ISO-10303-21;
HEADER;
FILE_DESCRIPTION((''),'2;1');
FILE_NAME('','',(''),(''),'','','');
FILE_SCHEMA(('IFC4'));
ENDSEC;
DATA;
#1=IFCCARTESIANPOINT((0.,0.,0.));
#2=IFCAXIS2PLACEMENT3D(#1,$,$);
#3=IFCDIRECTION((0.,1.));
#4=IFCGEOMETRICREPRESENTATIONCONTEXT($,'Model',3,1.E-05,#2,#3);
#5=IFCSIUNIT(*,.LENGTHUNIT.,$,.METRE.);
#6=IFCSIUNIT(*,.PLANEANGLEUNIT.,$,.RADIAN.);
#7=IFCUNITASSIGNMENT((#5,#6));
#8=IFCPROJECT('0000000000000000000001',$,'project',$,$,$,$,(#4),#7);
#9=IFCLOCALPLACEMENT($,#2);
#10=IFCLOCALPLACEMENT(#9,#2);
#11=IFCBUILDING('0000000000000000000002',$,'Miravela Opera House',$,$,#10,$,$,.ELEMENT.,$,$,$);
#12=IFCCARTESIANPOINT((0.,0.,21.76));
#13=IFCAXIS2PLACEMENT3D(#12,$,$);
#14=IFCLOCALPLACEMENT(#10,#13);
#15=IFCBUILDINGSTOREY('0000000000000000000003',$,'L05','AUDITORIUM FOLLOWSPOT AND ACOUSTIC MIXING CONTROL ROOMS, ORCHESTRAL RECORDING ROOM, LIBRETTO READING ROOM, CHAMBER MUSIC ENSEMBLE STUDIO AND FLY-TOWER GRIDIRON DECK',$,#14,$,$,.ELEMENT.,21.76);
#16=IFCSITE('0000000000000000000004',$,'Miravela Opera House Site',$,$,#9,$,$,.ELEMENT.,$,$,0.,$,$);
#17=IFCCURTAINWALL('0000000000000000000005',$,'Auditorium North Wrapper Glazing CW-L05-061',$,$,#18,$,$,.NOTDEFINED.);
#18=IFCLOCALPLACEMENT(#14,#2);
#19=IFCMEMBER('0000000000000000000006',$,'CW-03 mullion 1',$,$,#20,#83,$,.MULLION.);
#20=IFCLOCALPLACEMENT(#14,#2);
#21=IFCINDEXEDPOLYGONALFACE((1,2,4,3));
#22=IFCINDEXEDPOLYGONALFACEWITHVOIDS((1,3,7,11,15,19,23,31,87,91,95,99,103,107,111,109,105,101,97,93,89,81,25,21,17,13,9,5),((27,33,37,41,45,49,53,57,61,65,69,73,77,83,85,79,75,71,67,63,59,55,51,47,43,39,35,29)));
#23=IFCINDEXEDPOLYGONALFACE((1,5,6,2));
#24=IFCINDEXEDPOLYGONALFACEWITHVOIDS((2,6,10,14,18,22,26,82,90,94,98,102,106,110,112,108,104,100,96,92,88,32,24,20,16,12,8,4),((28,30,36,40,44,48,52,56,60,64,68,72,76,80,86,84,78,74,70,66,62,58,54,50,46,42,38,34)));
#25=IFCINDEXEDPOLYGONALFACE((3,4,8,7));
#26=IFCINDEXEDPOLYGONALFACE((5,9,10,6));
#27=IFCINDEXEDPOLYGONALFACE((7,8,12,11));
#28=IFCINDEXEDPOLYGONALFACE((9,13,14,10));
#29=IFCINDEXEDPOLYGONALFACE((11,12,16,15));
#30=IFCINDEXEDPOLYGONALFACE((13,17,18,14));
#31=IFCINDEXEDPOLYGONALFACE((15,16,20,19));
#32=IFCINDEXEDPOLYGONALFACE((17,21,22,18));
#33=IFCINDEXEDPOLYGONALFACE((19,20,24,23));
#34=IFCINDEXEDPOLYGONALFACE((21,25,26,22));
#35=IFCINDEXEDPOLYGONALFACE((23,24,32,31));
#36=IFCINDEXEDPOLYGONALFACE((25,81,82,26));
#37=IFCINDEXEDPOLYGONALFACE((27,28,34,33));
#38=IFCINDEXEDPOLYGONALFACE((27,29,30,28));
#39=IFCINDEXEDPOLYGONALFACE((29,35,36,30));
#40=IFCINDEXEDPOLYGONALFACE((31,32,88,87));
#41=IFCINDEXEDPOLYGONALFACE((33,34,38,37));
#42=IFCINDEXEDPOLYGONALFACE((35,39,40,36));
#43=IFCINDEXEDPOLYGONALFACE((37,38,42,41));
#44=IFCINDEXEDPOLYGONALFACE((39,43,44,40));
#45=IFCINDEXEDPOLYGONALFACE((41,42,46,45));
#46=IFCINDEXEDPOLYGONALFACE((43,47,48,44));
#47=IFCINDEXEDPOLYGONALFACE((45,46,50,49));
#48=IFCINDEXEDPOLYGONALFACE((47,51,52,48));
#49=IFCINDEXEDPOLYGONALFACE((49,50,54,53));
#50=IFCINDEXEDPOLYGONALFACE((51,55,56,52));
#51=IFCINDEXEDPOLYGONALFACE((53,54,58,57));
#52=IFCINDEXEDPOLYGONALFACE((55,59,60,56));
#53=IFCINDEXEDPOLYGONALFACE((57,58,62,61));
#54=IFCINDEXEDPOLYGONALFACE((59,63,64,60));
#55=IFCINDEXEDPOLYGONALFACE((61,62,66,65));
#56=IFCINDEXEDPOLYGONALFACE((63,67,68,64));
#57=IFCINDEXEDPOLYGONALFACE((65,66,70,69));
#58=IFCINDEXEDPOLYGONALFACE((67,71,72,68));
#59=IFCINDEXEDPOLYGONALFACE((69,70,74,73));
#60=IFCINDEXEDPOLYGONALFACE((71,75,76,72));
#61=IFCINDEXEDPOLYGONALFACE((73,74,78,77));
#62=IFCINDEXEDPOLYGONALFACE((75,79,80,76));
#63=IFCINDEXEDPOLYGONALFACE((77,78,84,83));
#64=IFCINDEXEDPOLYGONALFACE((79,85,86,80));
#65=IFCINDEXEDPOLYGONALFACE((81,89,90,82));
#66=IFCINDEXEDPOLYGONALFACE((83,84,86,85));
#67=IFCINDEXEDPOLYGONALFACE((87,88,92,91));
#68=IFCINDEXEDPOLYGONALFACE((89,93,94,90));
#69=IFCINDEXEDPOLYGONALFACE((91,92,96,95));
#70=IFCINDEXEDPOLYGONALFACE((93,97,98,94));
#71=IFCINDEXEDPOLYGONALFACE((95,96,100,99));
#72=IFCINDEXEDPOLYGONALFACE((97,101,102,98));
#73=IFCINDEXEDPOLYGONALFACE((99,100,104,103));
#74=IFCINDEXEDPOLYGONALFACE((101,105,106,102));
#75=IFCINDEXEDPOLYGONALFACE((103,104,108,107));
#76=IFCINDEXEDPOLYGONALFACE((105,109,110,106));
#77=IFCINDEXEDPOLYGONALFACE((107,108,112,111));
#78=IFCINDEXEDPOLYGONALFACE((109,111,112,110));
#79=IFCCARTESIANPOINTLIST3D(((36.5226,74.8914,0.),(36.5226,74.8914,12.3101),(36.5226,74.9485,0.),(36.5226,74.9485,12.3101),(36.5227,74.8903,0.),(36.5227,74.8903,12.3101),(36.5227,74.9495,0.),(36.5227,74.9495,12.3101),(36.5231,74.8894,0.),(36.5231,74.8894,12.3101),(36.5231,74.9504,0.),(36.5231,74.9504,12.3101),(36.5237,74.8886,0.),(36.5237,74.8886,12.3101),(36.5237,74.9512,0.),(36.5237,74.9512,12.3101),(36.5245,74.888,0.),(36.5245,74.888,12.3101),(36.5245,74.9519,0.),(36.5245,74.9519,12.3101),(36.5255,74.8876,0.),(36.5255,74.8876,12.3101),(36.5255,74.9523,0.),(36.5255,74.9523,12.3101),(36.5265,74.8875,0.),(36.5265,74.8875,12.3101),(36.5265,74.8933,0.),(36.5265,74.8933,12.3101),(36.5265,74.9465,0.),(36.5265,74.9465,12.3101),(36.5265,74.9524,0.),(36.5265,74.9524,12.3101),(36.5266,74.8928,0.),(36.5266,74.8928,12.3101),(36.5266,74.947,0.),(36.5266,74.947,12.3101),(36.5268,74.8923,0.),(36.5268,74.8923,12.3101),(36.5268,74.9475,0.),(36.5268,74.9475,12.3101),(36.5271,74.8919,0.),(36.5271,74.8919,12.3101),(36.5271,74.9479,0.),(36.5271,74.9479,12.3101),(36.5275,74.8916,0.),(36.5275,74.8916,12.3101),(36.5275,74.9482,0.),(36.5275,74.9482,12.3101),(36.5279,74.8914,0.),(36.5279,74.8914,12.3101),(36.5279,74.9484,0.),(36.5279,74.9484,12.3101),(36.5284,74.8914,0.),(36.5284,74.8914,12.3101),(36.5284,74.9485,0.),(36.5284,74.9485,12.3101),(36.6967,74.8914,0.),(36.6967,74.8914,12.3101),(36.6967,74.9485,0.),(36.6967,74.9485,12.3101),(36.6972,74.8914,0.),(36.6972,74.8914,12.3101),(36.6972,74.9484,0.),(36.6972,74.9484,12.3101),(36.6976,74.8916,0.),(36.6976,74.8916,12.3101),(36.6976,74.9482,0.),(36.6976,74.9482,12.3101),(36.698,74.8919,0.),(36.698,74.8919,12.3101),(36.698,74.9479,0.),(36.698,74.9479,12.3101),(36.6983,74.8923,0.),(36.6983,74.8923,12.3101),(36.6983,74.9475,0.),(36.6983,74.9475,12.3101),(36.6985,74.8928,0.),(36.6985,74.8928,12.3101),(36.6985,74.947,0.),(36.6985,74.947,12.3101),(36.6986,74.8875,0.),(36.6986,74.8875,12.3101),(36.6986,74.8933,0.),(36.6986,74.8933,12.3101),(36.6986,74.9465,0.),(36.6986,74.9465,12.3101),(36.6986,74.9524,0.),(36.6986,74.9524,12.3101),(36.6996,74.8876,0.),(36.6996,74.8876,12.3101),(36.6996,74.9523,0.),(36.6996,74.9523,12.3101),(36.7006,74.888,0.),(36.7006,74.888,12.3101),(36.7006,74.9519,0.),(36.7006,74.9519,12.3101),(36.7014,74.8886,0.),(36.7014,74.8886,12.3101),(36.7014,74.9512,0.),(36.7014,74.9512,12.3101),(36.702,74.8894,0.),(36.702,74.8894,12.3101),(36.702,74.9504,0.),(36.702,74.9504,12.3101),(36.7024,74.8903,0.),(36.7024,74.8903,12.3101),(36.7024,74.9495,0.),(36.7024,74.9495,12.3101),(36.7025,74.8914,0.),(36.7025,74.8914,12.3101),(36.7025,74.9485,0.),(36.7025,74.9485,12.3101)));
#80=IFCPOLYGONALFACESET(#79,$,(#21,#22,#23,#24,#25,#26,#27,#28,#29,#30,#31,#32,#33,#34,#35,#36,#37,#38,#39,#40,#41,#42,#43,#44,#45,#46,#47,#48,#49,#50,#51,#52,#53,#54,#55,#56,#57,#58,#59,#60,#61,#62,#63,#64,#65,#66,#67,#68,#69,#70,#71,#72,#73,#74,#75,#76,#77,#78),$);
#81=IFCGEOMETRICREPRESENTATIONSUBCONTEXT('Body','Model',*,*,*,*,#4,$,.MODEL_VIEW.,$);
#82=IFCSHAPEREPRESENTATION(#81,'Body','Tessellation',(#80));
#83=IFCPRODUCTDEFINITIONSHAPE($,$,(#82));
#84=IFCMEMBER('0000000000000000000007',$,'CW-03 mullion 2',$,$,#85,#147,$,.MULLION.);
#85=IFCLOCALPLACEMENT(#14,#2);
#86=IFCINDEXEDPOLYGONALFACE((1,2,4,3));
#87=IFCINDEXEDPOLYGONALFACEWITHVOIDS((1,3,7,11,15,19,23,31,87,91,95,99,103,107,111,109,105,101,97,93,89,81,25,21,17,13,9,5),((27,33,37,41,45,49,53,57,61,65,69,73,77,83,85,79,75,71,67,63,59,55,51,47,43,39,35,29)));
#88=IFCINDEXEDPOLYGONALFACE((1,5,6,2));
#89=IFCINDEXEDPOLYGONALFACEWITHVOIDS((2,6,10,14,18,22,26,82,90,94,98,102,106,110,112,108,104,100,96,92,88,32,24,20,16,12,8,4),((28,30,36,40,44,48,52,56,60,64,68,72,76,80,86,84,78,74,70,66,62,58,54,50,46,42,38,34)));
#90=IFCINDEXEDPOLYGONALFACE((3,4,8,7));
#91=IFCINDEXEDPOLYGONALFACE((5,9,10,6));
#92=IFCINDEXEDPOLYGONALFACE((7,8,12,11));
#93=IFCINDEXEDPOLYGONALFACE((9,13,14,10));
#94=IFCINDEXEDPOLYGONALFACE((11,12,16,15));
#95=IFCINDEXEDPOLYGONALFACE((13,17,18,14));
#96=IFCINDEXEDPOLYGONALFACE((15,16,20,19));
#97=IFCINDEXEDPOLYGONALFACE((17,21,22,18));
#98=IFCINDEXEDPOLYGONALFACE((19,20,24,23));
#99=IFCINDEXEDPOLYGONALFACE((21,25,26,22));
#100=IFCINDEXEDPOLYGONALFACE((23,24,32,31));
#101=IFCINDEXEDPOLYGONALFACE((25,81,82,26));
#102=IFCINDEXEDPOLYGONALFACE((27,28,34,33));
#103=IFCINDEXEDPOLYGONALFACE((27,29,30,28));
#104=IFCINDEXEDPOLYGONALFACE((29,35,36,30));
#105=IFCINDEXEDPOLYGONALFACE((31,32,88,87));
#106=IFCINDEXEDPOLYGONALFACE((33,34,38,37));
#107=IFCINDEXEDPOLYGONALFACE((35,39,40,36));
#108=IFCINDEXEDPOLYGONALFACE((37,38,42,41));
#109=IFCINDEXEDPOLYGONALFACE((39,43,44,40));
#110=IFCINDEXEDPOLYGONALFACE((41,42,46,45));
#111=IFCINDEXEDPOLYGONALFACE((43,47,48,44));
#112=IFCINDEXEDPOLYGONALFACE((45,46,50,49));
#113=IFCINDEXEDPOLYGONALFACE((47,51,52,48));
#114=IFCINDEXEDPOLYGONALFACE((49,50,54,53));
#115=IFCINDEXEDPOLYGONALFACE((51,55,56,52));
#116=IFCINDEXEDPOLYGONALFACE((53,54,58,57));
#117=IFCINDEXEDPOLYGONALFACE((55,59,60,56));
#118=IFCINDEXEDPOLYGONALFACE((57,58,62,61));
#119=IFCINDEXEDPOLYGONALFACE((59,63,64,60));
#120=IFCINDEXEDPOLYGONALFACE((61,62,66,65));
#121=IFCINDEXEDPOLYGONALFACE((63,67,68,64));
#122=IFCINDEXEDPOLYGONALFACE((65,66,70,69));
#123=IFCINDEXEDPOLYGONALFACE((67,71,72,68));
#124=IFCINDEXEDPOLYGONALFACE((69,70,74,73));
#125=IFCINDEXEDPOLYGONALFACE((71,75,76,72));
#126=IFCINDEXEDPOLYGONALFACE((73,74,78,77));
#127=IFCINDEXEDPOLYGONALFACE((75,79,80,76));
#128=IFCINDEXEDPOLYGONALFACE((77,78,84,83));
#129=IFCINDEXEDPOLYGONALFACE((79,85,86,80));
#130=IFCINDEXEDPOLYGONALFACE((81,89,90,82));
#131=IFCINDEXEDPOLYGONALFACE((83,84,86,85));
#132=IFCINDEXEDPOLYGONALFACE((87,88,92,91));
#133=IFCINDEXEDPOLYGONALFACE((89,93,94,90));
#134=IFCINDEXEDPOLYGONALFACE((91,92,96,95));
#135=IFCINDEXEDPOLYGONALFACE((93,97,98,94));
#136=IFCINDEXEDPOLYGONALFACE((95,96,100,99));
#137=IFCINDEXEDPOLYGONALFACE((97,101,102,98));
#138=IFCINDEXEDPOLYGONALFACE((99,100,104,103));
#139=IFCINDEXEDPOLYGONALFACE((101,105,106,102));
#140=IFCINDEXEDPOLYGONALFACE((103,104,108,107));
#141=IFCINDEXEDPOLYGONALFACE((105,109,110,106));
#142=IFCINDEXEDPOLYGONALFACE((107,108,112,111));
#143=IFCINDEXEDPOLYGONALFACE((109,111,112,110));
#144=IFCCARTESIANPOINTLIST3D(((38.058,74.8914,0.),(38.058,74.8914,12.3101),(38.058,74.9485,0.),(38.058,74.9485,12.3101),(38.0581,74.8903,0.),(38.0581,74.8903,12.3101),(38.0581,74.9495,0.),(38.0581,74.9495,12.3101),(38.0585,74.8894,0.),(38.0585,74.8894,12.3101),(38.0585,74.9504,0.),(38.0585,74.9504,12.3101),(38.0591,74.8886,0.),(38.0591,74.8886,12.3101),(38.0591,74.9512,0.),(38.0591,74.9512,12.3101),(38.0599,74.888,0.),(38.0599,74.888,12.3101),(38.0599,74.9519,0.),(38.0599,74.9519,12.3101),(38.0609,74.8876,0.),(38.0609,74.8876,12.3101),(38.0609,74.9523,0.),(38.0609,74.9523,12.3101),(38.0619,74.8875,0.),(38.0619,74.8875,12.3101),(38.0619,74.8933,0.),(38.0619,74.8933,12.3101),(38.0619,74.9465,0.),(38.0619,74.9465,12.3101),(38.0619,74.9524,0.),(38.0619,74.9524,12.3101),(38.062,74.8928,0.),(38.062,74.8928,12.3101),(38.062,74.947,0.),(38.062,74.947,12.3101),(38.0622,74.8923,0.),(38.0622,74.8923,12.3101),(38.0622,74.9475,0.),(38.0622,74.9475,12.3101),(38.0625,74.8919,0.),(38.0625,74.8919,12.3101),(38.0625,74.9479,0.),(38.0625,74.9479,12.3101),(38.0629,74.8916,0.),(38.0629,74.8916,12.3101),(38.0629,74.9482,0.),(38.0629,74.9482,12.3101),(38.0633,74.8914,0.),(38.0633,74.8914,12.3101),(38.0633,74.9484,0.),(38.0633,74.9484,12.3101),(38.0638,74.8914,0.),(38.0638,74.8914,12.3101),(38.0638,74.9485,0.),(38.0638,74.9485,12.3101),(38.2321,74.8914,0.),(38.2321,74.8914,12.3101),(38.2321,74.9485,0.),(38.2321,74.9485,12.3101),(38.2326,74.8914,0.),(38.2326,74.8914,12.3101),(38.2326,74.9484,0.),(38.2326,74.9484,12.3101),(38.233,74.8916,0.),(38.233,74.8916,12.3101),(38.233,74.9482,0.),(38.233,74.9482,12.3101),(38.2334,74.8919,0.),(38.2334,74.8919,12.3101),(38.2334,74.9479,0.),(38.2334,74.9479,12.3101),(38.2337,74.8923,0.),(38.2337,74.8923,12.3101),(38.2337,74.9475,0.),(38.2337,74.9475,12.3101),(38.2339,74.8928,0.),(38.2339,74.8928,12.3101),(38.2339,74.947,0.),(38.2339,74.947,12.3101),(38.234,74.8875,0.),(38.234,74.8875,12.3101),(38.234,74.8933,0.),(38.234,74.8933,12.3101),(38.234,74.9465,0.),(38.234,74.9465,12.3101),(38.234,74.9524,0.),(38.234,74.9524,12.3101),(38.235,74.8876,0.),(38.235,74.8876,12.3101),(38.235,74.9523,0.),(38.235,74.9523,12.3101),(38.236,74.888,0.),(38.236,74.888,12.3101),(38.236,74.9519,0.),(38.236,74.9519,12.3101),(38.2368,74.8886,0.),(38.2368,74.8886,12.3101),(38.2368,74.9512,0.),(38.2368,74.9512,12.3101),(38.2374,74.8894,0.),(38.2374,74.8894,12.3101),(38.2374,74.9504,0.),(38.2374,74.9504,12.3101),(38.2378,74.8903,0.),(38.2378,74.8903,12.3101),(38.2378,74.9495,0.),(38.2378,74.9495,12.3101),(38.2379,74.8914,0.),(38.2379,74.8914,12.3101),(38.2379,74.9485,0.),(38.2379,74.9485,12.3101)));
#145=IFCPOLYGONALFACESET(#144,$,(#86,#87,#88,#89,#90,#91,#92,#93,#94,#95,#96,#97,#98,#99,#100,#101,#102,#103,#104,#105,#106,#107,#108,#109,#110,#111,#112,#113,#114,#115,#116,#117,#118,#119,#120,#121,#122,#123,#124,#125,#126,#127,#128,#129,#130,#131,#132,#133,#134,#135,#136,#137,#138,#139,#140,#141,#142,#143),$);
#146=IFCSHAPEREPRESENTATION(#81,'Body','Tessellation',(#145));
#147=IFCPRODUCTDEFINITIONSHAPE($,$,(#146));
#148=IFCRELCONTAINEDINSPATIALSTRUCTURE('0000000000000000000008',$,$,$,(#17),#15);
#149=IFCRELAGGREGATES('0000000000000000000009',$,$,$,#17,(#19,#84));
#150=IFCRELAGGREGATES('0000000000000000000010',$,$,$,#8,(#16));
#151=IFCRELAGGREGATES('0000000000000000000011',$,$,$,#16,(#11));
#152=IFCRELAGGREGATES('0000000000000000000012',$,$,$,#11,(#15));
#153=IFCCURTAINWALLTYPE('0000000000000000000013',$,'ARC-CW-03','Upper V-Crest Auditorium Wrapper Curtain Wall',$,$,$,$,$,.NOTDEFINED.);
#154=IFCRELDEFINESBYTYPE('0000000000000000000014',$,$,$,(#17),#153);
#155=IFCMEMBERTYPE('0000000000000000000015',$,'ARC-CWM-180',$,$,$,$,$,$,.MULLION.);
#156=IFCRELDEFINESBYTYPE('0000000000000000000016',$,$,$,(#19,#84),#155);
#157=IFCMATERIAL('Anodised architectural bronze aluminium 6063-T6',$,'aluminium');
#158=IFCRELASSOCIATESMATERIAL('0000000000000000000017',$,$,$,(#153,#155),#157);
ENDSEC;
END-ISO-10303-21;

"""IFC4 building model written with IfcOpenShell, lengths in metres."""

from ifc_helpers import new_model, si_unit, direction, frame, origin, origin_2d, place, context, subcontext, project, spatial, hollow_rectangle, extrude, material, material_profile, profile_set, type_object, element, aggregate, save


model = new_model("IFC4")

# Units and contexts
model_context = context("Model", 3, precision=1e-05, world=origin(), true_north=direction((0.0, 1.0)))
body_context = subcontext(model_context, "Body", "Model", "MODEL_VIEW")
ifc_project = project(units=[si_unit("LENGTHUNIT", "METRE"), si_unit("PLANEANGLEUNIT", "RADIAN")], contexts=[model_context])

# Site, building, storey
site_placement = place(None, origin())
site = spatial("IfcSite", under=ifc_project, at=site_placement, Name="Miravela Opera House Site", CompositionType="ELEMENT", RefElevation=0.0)
building_placement = place(site_placement, origin())
building = spatial("IfcBuilding", under=site, at=building_placement, Name="Miravela Opera House", CompositionType="ELEMENT")
storey_placement = place(building_placement, frame((0.0, 0.0, 21.76)))
storey = spatial("IfcBuildingStorey", under=building, at=storey_placement, Name="L05", Description="AUDITORIUM FOLLOWSPOT AND ACOUSTIC MIXING CONTROL ROOMS, ORCHESTRAL RECORDING ROOM, LIBRETTO READING ROOM, CHAMBER MUSIC ENSEMBLE STUDIO AND FLY-TOWER GRIDIRON DECK", CompositionType="ELEMENT", Elevation=21.76)

# Curtain wall, members
ifc_material_1 = material(Name="Anodised architectural bronze aluminium 6063-T6", Category="aluminium")
curtain_wall_type = type_object("IfcCurtainWallType", Name="ARC-CW-03", Description="Upper V-Crest Auditorium Wrapper Curtain Wall", PredefinedType="NOTDEFINED", material=ifc_material_1)
curtain_wall_placement = place(storey_placement, origin())
curtain_wall = element("IfcCurtainWall", 1, at=curtain_wall_placement, inside=storey, type_object=curtain_wall_type, Name="Auditorium North Wrapper Glazing CW-L05-061", PredefinedType="NOTDEFINED")
ifc_material_profile_1 = material_profile(ifc_material_1, hollow_rectangle(XDim=0.0649, YDim=0.1799, WallThickness=0.0039, InnerFilletRadius=0.002, OuterFilletRadius=0.0039, at=origin_2d()), Name="CWM-65X180")
ifc_profile_set_1 = profile_set([ifc_material_profile_1])
member_type_1 = type_object("IfcMemberType", Name="ARC-CWM-180", PredefinedType="MULLION", material=ifc_profile_set_1)
member_1_placement = place(storey_placement, frame((36.6125, 74.9199, 0.0), z_axis=(0.0, 0.0, 1.0), x_axis=(0.0, 1.0, 0.0)))
member_1 = element("IfcMember", 2, at=member_1_placement, type_object=member_type_1, Name="CW-03 mullion 1", PredefinedType="MULLION", context=body_context, shape_type="SweptSolid", body=[
    extrude(hollow_rectangle(XDim=0.0649, YDim=0.1799, WallThickness=0.0039, InnerFilletRadius=0.002, OuterFilletRadius=0.0039, at=origin_2d()), origin(), (0.0, 0.0, 1.0), 12.3101),
])
member_2_placement = place(storey_placement, frame((38.1479, 74.9199, 0.0), z_axis=(0.0, 0.0, 1.0), x_axis=(0.0, 1.0, 0.0)))
member_2 = element("IfcMember", 3, at=member_2_placement, type_object=member_type_1, Name="CW-03 mullion 2", PredefinedType="MULLION", context=body_context, shape_type="SweptSolid", body=[
    extrude(hollow_rectangle(XDim=0.0649, YDim=0.1799, WallThickness=0.0039, InnerFilletRadius=0.002, OuterFilletRadius=0.0039, at=origin_2d()), origin(), (0.0, 0.0, 1.0), 12.3101),
])

aggregate(curtain_wall, [member_1, member_2])

save(model, "model.ifc")
